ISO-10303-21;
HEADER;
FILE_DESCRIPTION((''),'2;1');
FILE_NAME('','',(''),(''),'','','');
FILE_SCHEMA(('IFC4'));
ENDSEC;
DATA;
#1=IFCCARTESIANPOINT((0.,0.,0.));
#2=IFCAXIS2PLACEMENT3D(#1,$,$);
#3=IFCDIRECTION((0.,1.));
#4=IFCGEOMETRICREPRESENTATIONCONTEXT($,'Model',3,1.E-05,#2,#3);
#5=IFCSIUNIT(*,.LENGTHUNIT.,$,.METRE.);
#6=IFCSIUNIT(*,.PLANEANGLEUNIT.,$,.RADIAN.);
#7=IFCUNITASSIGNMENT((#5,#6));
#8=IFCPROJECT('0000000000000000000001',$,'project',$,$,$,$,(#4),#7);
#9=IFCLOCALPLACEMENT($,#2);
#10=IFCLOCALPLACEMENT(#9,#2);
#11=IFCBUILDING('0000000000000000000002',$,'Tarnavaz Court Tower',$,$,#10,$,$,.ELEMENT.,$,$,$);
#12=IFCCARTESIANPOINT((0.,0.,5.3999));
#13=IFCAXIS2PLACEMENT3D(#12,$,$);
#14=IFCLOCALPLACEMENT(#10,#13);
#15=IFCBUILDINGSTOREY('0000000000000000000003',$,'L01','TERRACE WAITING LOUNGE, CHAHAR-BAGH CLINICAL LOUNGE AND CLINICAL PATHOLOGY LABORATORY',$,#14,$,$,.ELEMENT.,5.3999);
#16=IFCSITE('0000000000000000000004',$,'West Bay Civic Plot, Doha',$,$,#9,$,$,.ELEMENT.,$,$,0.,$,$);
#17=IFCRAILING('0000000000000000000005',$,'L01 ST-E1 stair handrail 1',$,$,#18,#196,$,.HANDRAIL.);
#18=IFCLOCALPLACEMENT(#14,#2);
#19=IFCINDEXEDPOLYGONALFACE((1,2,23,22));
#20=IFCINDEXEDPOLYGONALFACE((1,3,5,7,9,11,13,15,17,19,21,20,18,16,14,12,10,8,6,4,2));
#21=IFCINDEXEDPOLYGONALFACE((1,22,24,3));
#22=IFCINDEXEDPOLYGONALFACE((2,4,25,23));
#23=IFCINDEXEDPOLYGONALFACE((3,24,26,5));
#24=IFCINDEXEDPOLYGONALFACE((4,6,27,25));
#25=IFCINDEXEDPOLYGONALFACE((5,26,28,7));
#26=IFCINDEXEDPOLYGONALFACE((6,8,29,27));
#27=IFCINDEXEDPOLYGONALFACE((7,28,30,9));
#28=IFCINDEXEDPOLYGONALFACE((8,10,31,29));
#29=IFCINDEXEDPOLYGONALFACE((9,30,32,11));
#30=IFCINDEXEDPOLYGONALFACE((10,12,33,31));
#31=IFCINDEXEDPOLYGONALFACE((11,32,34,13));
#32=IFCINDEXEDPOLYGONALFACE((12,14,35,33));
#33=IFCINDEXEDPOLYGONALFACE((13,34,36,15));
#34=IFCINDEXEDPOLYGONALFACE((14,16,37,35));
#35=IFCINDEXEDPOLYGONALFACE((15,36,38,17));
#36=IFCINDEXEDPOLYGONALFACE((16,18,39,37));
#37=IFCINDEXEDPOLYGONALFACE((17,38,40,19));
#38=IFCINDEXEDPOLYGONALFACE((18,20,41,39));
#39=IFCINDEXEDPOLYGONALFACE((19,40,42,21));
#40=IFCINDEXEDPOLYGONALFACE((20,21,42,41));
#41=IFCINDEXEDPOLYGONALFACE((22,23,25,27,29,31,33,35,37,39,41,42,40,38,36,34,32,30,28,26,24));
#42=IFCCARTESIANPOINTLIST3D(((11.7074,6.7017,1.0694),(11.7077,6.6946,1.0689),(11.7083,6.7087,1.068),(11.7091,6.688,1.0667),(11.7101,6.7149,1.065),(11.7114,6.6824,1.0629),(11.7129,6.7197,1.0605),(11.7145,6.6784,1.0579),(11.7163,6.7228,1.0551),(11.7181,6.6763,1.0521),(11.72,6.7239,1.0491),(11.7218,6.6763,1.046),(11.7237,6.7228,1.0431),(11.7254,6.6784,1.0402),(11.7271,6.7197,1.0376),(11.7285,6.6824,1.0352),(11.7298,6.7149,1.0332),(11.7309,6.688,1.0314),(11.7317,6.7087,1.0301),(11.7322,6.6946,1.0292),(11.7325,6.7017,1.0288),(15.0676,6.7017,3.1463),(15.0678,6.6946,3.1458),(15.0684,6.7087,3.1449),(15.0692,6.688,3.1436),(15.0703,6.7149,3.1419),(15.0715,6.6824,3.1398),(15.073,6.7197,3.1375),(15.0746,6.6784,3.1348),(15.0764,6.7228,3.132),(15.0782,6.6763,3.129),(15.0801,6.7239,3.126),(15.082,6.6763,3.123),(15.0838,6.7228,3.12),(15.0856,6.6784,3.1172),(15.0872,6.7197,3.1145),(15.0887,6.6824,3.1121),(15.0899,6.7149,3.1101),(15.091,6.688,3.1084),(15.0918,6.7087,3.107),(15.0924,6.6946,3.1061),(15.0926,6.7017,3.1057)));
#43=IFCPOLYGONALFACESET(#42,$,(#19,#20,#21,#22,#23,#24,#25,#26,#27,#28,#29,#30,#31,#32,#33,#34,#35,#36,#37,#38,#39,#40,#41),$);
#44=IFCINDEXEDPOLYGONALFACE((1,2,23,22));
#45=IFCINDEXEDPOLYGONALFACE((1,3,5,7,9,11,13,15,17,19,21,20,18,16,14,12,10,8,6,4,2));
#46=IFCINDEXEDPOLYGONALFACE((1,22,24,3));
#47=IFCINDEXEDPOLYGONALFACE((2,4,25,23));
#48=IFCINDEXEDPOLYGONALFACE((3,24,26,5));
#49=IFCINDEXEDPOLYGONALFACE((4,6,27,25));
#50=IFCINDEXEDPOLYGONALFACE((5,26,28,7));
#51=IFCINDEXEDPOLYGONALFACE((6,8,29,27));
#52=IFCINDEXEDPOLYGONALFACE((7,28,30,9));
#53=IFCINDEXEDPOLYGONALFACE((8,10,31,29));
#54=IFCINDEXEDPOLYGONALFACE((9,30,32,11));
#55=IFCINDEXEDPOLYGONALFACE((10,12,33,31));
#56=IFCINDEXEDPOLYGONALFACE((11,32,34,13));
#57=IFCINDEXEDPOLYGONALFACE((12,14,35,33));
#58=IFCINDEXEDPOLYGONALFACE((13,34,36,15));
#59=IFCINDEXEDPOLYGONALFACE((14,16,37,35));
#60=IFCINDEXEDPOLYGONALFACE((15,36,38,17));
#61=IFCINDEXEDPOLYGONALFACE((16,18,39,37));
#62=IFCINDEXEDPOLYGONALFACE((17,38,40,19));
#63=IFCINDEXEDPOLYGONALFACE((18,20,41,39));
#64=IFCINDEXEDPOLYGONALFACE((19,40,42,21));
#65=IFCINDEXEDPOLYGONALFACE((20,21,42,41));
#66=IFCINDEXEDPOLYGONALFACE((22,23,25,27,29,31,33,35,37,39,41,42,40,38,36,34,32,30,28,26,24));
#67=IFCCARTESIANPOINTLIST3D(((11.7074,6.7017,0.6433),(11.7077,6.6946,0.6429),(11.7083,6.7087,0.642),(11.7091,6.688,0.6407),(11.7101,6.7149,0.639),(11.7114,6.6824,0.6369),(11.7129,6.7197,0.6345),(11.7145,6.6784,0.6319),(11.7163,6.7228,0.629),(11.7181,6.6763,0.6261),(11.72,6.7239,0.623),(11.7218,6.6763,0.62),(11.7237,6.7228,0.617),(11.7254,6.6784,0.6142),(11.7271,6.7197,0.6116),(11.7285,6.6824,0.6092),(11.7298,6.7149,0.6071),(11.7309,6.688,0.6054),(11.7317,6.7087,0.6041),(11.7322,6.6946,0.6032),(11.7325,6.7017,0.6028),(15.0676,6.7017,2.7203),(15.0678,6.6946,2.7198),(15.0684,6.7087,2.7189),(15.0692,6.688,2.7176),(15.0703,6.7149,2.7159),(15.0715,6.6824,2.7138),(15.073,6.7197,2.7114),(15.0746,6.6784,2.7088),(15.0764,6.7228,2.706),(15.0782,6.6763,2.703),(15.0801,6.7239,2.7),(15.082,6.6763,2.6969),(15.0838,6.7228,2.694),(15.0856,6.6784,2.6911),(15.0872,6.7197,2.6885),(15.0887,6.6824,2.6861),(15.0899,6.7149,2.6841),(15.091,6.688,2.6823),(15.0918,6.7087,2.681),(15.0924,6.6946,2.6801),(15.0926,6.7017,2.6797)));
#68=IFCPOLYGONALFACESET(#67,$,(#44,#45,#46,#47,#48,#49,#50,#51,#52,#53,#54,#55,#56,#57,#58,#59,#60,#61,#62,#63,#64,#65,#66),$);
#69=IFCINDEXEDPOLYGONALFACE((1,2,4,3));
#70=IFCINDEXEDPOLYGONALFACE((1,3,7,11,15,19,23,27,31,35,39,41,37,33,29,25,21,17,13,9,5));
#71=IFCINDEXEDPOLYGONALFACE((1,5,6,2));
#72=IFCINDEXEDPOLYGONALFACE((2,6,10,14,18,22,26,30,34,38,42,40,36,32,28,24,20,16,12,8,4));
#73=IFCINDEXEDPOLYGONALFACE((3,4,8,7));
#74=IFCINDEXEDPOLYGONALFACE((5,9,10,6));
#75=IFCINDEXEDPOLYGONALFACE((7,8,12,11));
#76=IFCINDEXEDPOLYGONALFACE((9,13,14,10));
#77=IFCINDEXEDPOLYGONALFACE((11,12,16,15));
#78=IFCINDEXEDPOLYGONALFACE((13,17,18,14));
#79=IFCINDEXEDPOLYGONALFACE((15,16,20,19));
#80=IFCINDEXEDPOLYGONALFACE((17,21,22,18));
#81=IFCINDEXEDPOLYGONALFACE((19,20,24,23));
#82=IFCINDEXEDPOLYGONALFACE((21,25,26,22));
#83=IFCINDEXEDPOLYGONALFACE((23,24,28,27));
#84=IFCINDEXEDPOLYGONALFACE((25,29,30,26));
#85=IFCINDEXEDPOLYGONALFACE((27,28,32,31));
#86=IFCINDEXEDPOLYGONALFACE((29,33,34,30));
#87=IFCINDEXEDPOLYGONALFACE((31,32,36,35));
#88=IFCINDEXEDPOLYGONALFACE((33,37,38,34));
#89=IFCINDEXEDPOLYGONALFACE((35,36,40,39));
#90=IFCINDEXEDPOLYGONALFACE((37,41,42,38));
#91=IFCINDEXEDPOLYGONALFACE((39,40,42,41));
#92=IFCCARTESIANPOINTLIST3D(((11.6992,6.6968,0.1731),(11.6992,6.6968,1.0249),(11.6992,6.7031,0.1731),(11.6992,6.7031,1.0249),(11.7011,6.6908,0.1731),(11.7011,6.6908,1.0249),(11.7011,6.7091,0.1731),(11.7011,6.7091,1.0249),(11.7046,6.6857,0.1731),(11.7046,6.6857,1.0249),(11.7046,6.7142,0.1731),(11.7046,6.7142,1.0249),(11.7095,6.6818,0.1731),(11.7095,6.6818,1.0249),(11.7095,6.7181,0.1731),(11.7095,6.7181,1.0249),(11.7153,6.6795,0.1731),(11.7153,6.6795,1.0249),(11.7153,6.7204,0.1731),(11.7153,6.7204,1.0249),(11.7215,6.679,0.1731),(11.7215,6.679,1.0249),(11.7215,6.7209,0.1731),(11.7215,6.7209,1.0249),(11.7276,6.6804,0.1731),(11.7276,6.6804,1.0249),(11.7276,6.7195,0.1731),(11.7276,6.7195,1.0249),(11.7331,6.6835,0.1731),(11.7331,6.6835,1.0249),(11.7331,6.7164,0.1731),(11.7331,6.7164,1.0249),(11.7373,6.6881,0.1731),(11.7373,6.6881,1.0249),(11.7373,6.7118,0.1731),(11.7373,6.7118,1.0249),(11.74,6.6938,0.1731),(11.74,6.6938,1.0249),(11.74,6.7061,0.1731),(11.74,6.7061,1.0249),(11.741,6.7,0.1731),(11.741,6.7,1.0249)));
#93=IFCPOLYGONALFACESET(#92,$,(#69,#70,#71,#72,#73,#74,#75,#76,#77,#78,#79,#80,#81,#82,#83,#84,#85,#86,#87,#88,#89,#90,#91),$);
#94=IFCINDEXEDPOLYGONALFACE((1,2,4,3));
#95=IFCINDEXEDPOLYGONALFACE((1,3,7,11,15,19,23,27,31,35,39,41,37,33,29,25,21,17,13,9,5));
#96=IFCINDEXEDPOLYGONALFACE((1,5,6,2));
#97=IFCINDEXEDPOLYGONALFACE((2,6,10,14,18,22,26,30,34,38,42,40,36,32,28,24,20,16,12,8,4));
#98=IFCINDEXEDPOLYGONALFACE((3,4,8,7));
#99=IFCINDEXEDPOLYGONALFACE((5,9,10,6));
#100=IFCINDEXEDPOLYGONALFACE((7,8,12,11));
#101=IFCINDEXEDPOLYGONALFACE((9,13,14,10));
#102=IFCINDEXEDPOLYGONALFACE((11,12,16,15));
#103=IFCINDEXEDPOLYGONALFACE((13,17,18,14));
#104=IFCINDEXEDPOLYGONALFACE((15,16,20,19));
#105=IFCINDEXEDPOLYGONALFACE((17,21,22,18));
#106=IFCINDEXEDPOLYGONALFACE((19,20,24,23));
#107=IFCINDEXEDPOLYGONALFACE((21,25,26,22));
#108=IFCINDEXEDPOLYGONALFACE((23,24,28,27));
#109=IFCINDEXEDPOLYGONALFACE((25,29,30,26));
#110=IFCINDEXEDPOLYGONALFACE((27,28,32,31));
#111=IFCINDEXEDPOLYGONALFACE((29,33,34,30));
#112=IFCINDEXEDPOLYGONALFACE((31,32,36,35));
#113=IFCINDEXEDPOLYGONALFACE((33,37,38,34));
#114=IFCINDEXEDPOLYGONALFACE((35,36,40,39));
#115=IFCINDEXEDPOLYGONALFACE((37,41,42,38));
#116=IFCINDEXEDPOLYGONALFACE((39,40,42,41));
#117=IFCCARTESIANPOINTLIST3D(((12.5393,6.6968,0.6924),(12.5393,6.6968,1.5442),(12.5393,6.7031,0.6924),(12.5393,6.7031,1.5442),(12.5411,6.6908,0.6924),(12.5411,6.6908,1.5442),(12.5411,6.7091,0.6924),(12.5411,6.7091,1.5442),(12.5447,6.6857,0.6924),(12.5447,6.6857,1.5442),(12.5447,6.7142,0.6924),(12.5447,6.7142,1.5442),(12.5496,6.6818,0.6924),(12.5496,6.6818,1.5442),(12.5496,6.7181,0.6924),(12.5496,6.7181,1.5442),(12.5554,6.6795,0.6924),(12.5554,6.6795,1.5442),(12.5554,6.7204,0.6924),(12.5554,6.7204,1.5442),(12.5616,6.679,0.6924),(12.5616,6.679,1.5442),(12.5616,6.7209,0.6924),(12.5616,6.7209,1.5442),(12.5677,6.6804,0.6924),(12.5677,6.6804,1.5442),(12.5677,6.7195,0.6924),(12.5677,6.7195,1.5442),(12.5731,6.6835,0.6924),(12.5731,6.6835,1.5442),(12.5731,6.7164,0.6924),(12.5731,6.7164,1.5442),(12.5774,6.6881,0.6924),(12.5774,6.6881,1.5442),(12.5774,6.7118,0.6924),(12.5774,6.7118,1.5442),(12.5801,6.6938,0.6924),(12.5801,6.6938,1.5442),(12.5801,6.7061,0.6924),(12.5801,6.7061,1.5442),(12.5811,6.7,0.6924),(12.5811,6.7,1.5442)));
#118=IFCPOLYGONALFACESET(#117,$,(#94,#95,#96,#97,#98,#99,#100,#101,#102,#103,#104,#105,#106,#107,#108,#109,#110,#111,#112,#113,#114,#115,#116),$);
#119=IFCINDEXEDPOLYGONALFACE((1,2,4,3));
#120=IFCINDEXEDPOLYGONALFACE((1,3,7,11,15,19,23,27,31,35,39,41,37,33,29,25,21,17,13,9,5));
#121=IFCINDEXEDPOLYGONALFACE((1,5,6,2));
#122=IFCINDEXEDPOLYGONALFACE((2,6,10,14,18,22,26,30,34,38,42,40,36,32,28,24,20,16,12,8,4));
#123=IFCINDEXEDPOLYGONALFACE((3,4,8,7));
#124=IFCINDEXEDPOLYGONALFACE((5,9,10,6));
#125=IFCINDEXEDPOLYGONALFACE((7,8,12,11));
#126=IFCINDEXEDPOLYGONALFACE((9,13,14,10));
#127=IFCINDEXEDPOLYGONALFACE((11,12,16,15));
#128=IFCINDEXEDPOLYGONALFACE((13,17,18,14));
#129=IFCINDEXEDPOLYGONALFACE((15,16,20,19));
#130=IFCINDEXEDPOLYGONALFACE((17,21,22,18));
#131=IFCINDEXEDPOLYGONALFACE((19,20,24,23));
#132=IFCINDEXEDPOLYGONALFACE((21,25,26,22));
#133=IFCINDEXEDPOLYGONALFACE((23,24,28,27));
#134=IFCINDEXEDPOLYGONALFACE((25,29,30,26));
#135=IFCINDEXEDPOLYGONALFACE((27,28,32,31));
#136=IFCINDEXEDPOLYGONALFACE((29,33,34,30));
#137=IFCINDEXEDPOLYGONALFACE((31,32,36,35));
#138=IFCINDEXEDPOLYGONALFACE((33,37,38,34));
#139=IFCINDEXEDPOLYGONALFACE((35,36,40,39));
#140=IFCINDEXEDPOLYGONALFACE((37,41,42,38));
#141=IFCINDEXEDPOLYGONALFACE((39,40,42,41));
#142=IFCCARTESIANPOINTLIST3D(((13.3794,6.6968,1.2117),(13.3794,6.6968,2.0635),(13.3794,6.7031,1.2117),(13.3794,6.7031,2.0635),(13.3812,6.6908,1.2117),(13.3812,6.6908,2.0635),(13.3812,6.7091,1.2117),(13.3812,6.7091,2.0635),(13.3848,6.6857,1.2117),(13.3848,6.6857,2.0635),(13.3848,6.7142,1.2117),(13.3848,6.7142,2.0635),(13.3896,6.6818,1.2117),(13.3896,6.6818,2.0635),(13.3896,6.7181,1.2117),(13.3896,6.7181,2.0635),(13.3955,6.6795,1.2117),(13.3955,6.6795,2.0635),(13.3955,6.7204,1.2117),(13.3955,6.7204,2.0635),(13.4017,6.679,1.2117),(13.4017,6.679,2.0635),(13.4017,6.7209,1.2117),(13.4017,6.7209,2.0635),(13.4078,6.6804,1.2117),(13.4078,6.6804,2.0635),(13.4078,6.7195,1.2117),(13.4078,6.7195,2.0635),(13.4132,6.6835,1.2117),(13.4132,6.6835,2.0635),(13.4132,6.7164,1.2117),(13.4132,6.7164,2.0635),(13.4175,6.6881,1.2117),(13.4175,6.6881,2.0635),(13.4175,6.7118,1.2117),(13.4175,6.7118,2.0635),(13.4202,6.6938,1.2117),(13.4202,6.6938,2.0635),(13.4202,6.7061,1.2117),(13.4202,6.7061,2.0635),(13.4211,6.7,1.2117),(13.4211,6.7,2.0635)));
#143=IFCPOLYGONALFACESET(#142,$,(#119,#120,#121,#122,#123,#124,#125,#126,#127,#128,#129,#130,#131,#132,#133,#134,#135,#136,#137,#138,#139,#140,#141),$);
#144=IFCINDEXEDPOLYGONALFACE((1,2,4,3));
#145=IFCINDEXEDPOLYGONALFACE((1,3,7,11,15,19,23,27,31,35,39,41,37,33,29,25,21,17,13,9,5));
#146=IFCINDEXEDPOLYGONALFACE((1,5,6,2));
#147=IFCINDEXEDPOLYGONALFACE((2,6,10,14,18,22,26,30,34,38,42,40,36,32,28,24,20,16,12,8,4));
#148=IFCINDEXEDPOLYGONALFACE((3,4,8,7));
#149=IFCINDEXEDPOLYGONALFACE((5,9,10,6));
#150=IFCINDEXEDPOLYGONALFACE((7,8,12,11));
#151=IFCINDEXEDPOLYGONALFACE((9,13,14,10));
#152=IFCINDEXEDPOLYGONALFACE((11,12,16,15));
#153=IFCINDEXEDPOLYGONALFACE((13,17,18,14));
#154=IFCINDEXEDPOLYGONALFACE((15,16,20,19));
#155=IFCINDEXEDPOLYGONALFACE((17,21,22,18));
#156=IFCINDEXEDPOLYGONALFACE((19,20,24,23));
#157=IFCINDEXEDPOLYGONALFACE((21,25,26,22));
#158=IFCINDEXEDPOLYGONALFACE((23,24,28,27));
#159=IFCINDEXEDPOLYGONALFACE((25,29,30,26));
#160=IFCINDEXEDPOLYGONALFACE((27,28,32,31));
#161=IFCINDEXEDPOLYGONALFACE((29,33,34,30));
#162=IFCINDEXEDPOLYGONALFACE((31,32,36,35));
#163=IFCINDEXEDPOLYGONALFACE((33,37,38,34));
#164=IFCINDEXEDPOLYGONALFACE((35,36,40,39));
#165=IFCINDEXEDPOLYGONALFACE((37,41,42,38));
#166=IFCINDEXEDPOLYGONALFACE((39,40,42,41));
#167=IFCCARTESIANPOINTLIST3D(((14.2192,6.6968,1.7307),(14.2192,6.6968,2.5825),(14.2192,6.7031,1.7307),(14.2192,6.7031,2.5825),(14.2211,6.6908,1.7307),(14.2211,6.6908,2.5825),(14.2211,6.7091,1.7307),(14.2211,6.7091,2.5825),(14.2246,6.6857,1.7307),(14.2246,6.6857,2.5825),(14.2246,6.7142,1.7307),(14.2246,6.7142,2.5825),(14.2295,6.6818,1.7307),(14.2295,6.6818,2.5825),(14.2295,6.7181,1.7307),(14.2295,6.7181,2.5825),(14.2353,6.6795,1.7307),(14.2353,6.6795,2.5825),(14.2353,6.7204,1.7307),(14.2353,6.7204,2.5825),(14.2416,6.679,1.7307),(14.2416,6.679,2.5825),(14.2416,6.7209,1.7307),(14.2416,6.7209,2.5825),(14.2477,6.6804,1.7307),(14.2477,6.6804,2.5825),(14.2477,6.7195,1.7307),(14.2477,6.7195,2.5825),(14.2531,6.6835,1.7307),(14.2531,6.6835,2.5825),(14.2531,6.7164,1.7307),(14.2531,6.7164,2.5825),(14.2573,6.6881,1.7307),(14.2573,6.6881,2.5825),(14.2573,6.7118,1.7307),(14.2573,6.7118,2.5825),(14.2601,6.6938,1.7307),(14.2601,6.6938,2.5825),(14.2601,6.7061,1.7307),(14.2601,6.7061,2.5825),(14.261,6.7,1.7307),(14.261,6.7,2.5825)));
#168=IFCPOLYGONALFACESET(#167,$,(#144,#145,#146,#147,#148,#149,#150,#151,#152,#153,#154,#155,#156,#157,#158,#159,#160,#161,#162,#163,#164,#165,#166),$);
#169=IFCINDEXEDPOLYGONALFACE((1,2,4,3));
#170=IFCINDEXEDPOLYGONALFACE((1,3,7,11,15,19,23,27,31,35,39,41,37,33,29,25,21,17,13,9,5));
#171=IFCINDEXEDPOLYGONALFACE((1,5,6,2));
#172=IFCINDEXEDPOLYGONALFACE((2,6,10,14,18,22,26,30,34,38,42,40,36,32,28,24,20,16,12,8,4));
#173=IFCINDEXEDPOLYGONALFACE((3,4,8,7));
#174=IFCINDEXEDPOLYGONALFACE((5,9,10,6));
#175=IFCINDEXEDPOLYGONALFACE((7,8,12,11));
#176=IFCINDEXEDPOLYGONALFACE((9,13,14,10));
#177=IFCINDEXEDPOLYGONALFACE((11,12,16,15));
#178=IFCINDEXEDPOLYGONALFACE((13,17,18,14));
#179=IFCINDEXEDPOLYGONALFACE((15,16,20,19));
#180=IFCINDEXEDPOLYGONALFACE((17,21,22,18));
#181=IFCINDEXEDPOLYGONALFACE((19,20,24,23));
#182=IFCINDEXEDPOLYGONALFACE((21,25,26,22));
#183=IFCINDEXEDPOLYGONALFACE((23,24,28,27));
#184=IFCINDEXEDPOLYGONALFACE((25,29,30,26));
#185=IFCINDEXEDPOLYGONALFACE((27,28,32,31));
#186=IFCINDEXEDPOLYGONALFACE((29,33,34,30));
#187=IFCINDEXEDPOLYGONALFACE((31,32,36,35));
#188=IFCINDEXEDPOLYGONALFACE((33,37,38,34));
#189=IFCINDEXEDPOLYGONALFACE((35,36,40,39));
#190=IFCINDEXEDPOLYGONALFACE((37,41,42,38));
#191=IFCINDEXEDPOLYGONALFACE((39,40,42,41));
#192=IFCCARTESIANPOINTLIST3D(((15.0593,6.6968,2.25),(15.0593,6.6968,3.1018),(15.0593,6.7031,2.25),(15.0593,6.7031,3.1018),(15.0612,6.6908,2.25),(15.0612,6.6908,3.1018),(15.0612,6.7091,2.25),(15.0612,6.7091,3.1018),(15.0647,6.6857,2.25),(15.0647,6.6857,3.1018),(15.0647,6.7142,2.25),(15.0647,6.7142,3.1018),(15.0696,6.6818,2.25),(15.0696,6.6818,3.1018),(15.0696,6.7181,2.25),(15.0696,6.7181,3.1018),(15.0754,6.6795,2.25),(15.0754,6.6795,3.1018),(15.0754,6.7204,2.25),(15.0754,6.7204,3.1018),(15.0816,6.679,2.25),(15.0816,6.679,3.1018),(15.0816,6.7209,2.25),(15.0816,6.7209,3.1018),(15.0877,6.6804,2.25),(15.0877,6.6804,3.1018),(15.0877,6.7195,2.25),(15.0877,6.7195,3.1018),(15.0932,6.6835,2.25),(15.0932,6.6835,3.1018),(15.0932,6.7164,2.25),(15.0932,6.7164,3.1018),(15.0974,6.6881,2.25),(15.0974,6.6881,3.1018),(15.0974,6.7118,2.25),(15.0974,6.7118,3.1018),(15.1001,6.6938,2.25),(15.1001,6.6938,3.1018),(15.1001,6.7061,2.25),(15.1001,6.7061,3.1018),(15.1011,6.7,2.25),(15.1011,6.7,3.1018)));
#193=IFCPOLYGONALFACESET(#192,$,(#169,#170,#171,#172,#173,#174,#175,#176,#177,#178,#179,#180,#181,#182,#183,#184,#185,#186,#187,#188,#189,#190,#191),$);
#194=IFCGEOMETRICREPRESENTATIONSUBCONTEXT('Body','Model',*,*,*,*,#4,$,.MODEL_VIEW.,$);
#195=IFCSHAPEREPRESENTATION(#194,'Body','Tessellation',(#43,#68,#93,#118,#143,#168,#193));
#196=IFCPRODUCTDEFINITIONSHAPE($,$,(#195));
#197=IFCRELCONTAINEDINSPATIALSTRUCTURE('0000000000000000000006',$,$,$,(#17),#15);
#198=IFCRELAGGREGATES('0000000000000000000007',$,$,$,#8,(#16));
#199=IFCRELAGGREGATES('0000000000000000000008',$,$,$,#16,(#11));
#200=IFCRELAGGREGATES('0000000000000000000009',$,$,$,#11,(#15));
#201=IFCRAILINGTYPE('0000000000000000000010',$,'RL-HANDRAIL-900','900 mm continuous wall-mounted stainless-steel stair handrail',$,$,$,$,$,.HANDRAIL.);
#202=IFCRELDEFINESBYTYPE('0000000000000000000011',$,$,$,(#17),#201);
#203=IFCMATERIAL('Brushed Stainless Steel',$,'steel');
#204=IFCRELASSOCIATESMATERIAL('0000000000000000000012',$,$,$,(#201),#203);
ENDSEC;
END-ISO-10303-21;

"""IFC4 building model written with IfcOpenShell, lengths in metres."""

from ifc_helpers import new_model, si_unit, direction, frame, origin, origin_2d, place, context, subcontext, project, spatial, circle, extrude, material, type_object, element, save


model = new_model("IFC4")

# Units and contexts
model_context = context("Model", 3, precision=1e-05, world=origin(), true_north=direction((0.0, 1.0)))
body_context = subcontext(model_context, "Body", "Model", "MODEL_VIEW")
ifc_project = project(units=[si_unit("LENGTHUNIT", "METRE"), si_unit("PLANEANGLEUNIT", "RADIAN")], contexts=[model_context])

# Site, building, storey
site_placement = place(None, origin())
site = spatial("IfcSite", under=ifc_project, at=site_placement, Name="West Bay Civic Plot, Doha", CompositionType="ELEMENT", RefElevation=0.0)
building_placement = place(site_placement, origin())
building = spatial("IfcBuilding", under=site, at=building_placement, Name="Tarnavaz Court Tower", CompositionType="ELEMENT")
storey_placement = place(building_placement, frame((0.0, 0.0, 5.3999)))
storey = spatial("IfcBuildingStorey", under=building, at=storey_placement, Name="L01", Description="TERRACE WAITING LOUNGE, CHAHAR-BAGH CLINICAL LOUNGE AND CLINICAL PATHOLOGY LABORATORY", CompositionType="ELEMENT", Elevation=5.3999)

# Railing
ifc_material_1 = material(Name="Brushed Stainless Steel", Category="steel")
railing_type_1 = type_object("IfcRailingType", Name="RL-HANDRAIL-900", Description="900 mm continuous wall-mounted stainless-steel stair handrail", PredefinedType="HANDRAIL", material=ifc_material_1)
railing_1_placement = place(storey_placement, frame((11.72, 6.7, 0.1731)))
element("IfcRailing", 1, at=railing_1_placement, inside=storey, type_object=railing_type_1, Name="L01 ST-E1 stair handrail 1", PredefinedType="HANDRAIL", context=body_context, shape_type="SweptSolid", body=[
    extrude(circle(Radius=0.0239, at=origin_2d()), frame((0.0, 0.0, 0.876), z_axis=(0.850623, 0.0, 0.525776), x_axis=(0.0, 1.0, 0.0)), (0.0, 0.0, 1.0), 3.9502),
    extrude(circle(Radius=0.0239, at=origin_2d()), frame((0.0, 0.0, 0.45), z_axis=(0.850623, 0.0, 0.525776), x_axis=(0.0, 1.0, 0.0)), (0.0, 0.0, 1.0), 3.9502),
    extrude(circle(Radius=0.021, at=origin_2d()), origin(), (0.0, 0.0, 1.0), 0.8518),
    extrude(circle(Radius=0.021, at=origin_2d()), frame((0.8401, 0.0, 0.5193)), (0.0, 0.0, 1.0), 0.8518),
    extrude(circle(Radius=0.021, at=origin_2d()), frame((1.6802, 0.0, 1.0386)), (0.0, 0.0, 1.0), 0.8518),
    extrude(circle(Radius=0.021, at=origin_2d()), frame((2.52, 0.0, 1.5576)), (0.0, 0.0, 1.0), 0.8518),
    extrude(circle(Radius=0.021, at=origin_2d()), frame((3.3601, 0.0, 2.0769)), (0.0, 0.0, 1.0), 0.8518),
])

save(model, "model.ifc")
